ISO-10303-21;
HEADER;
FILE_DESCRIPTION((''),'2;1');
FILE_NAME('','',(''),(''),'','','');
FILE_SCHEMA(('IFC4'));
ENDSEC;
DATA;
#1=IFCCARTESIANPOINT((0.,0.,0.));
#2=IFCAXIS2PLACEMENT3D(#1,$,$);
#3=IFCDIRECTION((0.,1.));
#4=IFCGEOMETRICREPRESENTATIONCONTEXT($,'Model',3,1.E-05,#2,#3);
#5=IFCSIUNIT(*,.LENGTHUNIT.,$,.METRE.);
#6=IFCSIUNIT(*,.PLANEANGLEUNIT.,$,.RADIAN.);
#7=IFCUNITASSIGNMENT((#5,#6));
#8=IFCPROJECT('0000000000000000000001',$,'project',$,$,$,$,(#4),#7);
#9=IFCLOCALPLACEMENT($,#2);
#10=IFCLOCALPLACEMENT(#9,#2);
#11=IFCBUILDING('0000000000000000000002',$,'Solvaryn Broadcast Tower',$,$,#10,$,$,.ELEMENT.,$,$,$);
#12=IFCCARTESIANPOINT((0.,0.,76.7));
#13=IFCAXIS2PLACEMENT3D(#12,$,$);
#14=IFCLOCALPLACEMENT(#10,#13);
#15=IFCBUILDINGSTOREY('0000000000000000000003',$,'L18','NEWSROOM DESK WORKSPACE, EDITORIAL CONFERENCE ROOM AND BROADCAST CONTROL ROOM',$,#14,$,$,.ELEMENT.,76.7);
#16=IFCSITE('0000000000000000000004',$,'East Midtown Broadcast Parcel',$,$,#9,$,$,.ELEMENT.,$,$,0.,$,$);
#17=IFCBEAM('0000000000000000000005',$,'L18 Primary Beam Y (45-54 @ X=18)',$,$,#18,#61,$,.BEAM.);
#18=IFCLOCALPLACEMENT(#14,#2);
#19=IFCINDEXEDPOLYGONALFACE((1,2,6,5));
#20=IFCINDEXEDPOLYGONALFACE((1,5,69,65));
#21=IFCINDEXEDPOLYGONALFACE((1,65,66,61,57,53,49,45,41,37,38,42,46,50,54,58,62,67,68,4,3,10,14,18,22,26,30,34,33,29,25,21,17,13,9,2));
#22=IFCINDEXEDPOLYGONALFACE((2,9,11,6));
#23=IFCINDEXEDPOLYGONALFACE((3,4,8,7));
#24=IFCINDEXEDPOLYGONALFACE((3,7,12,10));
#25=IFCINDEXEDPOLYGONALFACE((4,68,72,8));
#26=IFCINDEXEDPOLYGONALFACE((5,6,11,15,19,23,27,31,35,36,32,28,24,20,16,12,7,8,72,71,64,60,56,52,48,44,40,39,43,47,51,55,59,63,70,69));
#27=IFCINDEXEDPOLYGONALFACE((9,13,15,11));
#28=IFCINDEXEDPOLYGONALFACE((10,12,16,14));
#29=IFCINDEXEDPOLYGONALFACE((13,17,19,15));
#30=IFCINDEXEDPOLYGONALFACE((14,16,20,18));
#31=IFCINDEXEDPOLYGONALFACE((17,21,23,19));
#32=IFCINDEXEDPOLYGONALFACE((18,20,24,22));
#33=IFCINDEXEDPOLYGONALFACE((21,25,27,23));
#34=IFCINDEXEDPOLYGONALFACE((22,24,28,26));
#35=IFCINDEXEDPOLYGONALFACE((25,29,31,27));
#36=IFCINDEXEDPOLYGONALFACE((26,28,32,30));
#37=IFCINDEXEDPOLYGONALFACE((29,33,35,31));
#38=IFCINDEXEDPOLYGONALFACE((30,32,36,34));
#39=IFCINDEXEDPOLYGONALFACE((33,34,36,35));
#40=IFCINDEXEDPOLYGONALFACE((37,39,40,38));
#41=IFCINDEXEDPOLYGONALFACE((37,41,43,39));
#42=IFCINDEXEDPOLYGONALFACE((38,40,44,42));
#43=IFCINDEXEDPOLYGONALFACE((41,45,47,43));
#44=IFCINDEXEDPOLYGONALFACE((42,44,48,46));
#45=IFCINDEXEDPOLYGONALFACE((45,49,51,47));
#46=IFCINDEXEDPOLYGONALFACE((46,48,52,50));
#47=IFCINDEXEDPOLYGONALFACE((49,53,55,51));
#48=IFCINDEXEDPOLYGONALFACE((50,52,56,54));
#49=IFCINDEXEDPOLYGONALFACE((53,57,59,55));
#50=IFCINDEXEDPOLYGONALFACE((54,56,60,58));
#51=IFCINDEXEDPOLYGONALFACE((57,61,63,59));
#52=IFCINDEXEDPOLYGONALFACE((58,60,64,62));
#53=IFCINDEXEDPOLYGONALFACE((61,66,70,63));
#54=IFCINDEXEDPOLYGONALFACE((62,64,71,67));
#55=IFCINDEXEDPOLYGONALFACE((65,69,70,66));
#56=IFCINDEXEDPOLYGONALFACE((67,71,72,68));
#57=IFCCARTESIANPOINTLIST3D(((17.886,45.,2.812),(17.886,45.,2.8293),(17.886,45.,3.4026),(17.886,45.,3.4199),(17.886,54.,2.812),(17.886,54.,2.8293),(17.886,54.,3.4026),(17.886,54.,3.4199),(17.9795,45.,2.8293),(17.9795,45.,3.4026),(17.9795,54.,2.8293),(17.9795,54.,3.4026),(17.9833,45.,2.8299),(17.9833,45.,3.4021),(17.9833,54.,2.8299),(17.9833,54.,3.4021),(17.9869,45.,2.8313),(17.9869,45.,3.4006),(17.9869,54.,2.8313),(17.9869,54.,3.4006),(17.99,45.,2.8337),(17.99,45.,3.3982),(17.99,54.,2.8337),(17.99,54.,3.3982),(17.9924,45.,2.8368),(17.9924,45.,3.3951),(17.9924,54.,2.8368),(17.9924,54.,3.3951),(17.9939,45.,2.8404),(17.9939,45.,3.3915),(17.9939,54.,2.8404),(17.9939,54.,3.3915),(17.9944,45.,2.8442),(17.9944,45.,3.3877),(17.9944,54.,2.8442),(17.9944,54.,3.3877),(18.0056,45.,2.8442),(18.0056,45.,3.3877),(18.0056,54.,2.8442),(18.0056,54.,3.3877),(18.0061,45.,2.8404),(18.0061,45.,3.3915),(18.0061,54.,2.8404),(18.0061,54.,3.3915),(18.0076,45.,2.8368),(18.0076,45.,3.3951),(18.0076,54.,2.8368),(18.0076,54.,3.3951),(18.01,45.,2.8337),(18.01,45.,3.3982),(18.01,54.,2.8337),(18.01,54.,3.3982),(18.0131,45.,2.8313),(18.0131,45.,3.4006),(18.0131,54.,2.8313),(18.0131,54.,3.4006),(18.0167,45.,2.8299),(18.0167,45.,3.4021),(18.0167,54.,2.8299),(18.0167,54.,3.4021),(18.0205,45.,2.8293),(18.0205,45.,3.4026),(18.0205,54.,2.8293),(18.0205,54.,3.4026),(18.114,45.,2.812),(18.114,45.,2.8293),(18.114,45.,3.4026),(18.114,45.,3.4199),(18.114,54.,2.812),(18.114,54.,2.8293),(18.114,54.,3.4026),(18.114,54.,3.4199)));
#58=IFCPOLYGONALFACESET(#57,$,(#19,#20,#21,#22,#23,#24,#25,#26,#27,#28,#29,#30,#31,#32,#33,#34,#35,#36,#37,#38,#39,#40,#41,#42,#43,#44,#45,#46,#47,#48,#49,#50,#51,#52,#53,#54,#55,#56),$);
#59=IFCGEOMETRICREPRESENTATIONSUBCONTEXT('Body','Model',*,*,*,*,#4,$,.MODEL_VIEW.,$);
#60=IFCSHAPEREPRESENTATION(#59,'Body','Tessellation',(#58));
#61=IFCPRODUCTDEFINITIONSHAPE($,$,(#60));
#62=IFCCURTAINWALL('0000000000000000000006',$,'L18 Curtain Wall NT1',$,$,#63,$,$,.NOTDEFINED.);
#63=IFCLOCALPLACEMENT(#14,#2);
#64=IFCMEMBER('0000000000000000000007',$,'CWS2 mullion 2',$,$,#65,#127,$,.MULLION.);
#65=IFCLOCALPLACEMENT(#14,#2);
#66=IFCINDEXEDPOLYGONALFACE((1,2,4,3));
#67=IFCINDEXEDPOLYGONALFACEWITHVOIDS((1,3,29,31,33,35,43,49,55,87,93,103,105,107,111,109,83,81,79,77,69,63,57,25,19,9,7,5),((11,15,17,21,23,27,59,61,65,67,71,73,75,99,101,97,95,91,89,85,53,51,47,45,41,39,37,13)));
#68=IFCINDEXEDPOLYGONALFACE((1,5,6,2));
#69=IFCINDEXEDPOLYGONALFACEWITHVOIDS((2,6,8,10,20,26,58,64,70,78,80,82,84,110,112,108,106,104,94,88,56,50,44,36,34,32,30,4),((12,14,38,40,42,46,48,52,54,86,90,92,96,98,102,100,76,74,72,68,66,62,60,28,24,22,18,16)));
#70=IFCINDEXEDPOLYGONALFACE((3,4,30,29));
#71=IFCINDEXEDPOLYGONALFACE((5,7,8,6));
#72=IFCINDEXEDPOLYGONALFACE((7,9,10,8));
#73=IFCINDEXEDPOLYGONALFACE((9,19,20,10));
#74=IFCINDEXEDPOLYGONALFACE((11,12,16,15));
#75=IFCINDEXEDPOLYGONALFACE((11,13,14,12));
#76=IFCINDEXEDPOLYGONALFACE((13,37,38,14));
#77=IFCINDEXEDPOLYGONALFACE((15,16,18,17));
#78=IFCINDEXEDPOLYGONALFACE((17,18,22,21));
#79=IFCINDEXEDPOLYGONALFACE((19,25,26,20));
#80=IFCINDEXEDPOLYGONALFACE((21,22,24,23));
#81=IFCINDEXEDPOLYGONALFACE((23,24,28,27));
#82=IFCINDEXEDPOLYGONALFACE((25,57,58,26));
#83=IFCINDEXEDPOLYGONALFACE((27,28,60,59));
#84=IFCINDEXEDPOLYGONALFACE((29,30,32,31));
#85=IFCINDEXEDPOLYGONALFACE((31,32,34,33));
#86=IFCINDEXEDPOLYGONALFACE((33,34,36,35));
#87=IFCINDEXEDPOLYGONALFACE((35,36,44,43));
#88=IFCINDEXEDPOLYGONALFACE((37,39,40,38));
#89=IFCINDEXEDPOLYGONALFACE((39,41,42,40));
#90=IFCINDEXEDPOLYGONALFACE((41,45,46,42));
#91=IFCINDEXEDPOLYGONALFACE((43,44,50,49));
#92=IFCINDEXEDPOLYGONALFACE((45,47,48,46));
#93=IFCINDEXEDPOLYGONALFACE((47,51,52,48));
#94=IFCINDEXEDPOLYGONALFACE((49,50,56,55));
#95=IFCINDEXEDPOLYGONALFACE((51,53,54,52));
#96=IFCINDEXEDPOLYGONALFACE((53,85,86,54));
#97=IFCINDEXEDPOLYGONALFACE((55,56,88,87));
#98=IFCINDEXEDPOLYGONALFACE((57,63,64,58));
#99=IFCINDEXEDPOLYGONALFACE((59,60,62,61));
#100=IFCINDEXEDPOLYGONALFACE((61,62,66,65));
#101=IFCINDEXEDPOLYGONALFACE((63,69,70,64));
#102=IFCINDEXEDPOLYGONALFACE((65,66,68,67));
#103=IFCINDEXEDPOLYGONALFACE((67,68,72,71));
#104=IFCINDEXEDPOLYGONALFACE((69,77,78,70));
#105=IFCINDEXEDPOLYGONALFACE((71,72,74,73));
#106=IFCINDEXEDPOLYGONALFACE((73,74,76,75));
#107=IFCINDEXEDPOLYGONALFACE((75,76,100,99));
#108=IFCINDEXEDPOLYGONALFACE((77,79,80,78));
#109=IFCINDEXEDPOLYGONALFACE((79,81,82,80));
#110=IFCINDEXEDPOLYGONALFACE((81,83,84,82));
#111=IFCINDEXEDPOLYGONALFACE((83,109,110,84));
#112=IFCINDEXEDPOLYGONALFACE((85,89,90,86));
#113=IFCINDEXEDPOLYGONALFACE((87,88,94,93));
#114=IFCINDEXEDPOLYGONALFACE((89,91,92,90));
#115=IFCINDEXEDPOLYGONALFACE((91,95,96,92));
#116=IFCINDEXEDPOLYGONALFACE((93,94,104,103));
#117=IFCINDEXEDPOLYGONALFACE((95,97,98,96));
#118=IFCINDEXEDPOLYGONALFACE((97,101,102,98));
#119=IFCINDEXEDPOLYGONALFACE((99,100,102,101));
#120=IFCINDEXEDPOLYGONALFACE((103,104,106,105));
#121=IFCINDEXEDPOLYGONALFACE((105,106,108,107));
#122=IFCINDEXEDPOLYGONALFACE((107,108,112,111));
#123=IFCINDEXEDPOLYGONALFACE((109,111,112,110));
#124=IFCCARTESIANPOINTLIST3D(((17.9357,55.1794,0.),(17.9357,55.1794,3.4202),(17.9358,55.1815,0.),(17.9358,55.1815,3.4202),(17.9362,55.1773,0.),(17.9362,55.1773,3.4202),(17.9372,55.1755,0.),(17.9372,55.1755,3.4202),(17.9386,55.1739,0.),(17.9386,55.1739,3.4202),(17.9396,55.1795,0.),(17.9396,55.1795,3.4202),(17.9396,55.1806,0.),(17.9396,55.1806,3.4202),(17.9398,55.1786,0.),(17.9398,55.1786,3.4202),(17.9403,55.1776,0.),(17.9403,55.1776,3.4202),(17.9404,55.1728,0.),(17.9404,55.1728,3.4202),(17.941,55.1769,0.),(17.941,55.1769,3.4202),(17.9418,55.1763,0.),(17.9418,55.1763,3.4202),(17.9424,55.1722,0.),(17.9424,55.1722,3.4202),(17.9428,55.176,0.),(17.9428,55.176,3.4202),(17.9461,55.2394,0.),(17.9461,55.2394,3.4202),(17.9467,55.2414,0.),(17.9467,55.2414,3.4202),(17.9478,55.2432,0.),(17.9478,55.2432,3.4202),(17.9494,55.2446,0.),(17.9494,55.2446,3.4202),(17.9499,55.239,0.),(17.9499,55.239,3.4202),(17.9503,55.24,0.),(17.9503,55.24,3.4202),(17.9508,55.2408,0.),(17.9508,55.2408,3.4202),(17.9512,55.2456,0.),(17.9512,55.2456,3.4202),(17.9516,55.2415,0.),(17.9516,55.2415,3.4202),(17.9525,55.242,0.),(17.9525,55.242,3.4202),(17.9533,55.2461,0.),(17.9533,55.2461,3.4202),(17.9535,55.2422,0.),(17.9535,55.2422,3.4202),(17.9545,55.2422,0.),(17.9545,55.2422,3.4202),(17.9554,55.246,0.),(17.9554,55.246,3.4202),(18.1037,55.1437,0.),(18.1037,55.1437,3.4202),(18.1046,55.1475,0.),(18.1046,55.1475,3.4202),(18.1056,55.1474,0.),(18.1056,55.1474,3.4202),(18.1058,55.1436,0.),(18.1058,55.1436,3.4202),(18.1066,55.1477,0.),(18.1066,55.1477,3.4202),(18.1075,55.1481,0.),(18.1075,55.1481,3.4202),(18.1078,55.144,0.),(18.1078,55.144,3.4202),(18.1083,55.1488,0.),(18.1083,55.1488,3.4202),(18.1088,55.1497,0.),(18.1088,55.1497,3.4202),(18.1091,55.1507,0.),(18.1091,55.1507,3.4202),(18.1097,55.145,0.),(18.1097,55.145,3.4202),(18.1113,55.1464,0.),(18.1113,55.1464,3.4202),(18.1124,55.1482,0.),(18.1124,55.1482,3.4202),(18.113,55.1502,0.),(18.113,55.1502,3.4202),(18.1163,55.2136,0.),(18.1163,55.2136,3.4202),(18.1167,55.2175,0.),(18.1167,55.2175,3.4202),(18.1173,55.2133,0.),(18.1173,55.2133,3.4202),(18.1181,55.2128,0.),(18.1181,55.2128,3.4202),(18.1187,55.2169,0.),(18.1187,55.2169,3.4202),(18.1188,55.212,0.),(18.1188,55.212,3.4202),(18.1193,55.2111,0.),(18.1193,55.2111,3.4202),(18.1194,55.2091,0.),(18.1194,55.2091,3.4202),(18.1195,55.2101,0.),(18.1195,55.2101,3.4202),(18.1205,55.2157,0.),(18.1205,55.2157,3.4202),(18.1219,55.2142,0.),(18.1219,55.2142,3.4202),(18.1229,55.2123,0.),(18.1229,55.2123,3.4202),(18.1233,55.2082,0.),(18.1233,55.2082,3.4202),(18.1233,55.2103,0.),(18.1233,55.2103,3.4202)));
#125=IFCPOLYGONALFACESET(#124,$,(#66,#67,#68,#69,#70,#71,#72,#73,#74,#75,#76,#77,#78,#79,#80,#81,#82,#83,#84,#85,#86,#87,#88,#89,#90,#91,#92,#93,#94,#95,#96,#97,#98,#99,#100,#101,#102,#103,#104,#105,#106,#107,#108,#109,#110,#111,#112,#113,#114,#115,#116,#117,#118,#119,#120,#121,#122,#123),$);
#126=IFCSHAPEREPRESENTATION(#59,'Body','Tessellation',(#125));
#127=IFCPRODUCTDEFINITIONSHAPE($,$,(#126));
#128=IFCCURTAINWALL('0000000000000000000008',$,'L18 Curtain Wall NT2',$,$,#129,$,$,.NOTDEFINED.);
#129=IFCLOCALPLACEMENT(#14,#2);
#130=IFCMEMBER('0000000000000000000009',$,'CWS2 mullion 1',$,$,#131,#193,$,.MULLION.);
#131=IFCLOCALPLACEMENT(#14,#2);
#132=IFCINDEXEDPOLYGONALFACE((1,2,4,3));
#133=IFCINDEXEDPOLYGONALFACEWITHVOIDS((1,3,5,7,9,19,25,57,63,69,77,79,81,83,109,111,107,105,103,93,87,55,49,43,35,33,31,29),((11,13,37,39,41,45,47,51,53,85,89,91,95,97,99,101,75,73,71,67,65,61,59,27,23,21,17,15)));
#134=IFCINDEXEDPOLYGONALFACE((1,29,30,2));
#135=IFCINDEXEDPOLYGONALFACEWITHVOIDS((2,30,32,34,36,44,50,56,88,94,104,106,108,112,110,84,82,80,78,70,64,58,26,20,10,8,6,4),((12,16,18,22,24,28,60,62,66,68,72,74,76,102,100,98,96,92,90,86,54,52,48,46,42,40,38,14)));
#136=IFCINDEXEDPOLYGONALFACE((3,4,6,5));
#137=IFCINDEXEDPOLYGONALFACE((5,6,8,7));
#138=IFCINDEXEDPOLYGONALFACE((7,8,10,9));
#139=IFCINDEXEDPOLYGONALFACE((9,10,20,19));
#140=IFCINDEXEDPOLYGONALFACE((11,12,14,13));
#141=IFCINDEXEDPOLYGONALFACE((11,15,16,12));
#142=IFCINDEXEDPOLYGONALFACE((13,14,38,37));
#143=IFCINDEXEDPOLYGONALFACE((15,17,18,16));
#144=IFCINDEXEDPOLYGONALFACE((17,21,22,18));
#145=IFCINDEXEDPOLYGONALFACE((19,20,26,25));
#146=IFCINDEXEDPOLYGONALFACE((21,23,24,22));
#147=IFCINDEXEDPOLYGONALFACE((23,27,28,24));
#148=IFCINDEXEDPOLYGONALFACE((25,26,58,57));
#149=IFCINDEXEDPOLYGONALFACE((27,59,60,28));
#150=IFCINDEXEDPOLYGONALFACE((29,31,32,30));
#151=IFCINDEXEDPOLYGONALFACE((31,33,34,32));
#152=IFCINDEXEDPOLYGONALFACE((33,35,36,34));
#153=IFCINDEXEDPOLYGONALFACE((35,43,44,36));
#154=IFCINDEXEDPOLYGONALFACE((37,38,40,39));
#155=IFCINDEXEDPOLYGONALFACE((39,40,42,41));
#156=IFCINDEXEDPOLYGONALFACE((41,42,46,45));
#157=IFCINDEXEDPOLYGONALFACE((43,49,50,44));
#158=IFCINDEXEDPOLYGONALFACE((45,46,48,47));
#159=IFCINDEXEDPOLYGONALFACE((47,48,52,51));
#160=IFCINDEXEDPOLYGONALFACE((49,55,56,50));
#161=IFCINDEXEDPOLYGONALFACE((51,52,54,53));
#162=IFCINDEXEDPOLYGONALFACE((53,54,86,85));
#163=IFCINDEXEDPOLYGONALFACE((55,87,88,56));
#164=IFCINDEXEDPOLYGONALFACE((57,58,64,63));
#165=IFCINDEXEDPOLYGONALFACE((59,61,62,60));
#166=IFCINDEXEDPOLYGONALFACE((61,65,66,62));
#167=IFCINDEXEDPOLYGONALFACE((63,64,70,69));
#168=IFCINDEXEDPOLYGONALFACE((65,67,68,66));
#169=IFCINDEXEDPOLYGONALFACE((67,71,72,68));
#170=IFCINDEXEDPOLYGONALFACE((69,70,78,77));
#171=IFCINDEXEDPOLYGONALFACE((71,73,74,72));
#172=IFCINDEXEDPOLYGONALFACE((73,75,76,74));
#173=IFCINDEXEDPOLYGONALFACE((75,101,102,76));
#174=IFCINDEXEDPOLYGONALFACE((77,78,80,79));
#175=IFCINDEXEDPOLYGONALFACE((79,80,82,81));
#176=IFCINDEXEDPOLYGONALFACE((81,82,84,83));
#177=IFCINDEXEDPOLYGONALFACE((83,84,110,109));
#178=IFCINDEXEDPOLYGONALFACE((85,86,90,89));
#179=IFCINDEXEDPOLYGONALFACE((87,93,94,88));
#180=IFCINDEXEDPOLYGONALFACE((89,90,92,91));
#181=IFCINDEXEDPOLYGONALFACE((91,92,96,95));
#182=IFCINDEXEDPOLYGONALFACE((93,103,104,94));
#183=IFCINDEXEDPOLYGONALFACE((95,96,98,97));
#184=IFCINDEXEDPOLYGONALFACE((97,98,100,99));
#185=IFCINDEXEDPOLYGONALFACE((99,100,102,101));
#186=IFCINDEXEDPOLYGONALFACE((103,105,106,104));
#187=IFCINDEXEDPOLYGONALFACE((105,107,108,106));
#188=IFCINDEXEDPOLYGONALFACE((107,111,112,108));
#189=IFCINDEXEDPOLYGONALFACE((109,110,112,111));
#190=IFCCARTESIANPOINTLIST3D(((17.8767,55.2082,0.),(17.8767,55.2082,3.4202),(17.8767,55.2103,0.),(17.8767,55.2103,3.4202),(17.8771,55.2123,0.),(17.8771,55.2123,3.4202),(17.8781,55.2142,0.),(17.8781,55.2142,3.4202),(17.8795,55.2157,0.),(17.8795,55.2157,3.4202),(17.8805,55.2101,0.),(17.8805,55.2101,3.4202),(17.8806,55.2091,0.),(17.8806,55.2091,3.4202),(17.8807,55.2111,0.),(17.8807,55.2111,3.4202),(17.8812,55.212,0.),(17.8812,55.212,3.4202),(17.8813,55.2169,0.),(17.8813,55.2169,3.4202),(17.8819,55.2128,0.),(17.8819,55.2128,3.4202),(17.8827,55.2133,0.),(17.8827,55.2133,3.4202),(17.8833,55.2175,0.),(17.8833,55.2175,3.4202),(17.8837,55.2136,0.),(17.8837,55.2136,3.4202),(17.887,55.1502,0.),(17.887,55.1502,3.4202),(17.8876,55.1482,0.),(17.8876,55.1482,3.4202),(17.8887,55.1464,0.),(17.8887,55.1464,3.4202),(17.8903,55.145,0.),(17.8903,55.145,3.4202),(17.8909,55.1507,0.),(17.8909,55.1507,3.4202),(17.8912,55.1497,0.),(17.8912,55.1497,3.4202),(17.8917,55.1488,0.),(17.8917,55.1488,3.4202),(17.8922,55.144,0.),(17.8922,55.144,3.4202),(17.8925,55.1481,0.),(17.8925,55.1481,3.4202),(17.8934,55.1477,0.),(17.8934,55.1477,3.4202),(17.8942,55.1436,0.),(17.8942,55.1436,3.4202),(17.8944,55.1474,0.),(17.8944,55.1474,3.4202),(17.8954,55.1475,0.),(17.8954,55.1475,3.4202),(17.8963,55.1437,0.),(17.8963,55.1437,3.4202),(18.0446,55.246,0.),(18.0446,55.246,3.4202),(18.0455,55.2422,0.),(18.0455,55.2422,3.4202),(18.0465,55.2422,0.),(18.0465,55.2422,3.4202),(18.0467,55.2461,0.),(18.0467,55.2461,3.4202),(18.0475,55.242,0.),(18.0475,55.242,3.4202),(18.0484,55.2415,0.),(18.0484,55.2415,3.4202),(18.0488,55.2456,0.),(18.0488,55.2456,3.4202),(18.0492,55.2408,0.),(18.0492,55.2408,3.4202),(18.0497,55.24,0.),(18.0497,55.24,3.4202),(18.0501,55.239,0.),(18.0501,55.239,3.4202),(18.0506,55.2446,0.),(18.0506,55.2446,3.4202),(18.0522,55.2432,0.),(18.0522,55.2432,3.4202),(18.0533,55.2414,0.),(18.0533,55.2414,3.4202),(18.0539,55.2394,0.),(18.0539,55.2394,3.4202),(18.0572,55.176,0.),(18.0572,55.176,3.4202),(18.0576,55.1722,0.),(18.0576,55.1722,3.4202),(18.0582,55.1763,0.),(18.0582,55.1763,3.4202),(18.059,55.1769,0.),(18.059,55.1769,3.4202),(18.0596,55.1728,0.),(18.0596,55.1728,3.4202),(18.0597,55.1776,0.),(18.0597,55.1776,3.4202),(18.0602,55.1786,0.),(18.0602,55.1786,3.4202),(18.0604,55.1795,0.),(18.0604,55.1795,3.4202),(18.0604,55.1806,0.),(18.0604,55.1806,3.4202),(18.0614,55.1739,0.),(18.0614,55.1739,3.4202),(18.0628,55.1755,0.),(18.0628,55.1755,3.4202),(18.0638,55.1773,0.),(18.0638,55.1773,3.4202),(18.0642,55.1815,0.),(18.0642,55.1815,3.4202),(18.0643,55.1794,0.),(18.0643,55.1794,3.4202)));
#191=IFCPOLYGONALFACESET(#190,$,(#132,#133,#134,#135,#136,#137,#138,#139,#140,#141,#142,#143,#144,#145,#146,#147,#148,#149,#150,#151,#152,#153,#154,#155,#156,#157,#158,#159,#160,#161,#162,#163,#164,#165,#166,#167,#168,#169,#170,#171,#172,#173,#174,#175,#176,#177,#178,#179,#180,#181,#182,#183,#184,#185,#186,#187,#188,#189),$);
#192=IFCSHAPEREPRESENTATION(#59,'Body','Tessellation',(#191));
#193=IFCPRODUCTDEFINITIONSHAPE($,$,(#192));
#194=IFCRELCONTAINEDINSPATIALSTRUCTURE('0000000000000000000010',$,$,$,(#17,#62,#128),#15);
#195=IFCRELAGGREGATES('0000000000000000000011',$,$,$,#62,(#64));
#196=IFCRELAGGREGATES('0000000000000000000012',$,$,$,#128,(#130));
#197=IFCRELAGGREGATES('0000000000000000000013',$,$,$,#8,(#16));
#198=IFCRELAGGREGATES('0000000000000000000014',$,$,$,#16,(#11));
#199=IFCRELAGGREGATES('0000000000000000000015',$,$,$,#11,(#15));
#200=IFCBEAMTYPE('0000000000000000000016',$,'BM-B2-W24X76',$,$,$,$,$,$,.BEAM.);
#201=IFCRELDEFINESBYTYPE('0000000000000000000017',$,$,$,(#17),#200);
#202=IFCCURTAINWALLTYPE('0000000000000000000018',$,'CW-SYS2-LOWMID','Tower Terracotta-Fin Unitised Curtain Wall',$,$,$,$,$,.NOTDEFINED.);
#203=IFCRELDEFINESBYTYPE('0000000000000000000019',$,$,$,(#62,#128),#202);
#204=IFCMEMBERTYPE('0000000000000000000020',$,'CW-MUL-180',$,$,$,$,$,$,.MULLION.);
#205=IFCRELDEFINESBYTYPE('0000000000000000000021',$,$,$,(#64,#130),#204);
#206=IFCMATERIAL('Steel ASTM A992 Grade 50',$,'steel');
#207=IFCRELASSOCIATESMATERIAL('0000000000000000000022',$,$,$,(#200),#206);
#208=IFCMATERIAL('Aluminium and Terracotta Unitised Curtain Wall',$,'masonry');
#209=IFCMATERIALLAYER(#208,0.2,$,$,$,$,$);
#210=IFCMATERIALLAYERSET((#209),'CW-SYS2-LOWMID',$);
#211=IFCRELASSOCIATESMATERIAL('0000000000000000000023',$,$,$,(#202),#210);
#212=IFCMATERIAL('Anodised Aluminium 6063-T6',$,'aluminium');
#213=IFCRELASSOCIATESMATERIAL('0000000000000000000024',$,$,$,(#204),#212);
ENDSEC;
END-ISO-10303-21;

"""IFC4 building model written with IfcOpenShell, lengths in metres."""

from ifc_helpers import new_model, si_unit, direction, frame, origin, origin_2d, place, context, subcontext, project, spatial, hollow_rectangle, i_section, extrude, material, layer, layer_set, material_profile, profile_set, type_object, element, aggregate, save


model = new_model("IFC4")

# Units and contexts
model_context = context("Model", 3, precision=1e-05, world=origin(), true_north=direction((0.0, 1.0)))
body_context = subcontext(model_context, "Body", "Model", "MODEL_VIEW")
ifc_project = project(units=[si_unit("LENGTHUNIT", "METRE"), si_unit("PLANEANGLEUNIT", "RADIAN")], contexts=[model_context])

# Site, building, storey
site_placement = place(None, origin())
site = spatial("IfcSite", under=ifc_project, at=site_placement, Name="East Midtown Broadcast Parcel", CompositionType="ELEMENT", RefElevation=0.0)
building_placement = place(site_placement, origin())
building = spatial("IfcBuilding", under=site, at=building_placement, Name="Solvaryn Broadcast Tower", CompositionType="ELEMENT")
storey_placement = place(building_placement, frame((0.0, 0.0, 76.7)))
storey = spatial("IfcBuildingStorey", under=building, at=storey_placement, Name="L18", Description="NEWSROOM DESK WORKSPACE, EDITORIAL CONFERENCE ROOM AND BROADCAST CONTROL ROOM", CompositionType="ELEMENT", Elevation=76.7)

# Beam
ifc_material_1 = material(Name="Steel ASTM A992 Grade 50", Category="steel")
ifc_material_profile_1 = material_profile(ifc_material_1, i_section(OverallWidth=0.228, OverallDepth=0.6079, WebThickness=0.0112, FlangeThickness=0.0173, FilletRadius=0.0149, at=origin_2d()))
ifc_profile_set_1 = profile_set([ifc_material_profile_1], Name="Steel ASTM A992 Grade 50")
beam_type_1 = type_object("IfcBeamType", Name="BM-B2-W24X76", PredefinedType="BEAM", material=ifc_profile_set_1)
beam_1_placement = place(storey_placement, frame((18.0, 45.0, 3.116), z_axis=(0.0, 1.0, 0.0), x_axis=(-1.0, 0.0, 0.0)))
element("IfcBeam", 1, at=beam_1_placement, inside=storey, type_object=beam_type_1, Name="L18 Primary Beam Y (45-54 @ X=18)", PredefinedType="BEAM", context=body_context, shape_type="SweptSolid", body=[
    extrude(i_section(OverallWidth=0.228, OverallDepth=0.6079, WebThickness=0.0112, FlangeThickness=0.0173, FilletRadius=0.0149, at=origin_2d()), origin(), (0.0, 0.0, 1.0), 9.0),
])

# Curtain walls, members
ifc_material_2 = material(Name="Aluminium and Terracotta Unitised Curtain Wall", Category="masonry")
ifc_layer_1 = layer(ifc_material_2, 0.2)
ifc_layer_set_1 = layer_set([ifc_layer_1], Name="CW-SYS2-LOWMID")
curtain_wall_type = type_object("IfcCurtainWallType", Name="CW-SYS2-LOWMID", Description="Tower Terracotta-Fin Unitised Curtain Wall", PredefinedType="NOTDEFINED", material=ifc_layer_set_1)
curtain_wall_1_placement = place(storey_placement, origin())
curtain_wall_1 = element("IfcCurtainWall", 2, at=curtain_wall_1_placement, inside=storey, type_object=curtain_wall_type, Name="L18 Curtain Wall NT1", PredefinedType="NOTDEFINED")
ifc_material_3 = material(Name="Anodised Aluminium 6063-T6", Category="aluminium")
ifc_material_profile_2 = material_profile(ifc_material_3, hollow_rectangle(XDim=0.075, YDim=0.1799, WallThickness=0.0039, InnerFilletRadius=0.0039, OuterFilletRadius=0.0081, at=origin_2d()))
ifc_profile_set_2 = profile_set([ifc_material_profile_2], Name="Anodised Aluminium 6063-T6")
member_type_1 = type_object("IfcMemberType", Name="CW-MUL-180", PredefinedType="MULLION", material=ifc_profile_set_2)
member_1_placement = place(storey_placement, frame((18.0295, 55.1948, 0.0), z_axis=(0.0, 0.0, 1.0), x_axis=(-0.173785, -0.984784, 0.0)))
member_1 = element("IfcMember", 3, at=member_1_placement, type_object=member_type_1, Name="CWS2 mullion 2", PredefinedType="MULLION", context=body_context, shape_type="SweptSolid", body=[
    extrude(hollow_rectangle(XDim=0.075, YDim=0.1799, WallThickness=0.0039, InnerFilletRadius=0.0039, OuterFilletRadius=0.0081, at=origin_2d()), origin(), (0.0, 0.0, 1.0), 3.4202),
])
curtain_wall_2_placement = place(storey_placement, origin())
curtain_wall_2 = element("IfcCurtainWall", 4, at=curtain_wall_2_placement, inside=storey, type_object=curtain_wall_type, Name="L18 Curtain Wall NT2", PredefinedType="NOTDEFINED")
member_2_placement = place(storey_placement, frame((17.9705, 55.1948, 0.0), z_axis=(0.0, 0.0, 1.0), x_axis=(0.173785, -0.984784, 0.0)))
member_2 = element("IfcMember", 5, at=member_2_placement, type_object=member_type_1, Name="CWS2 mullion 1", PredefinedType="MULLION", context=body_context, shape_type="SweptSolid", body=[
    extrude(hollow_rectangle(XDim=0.075, YDim=0.1799, WallThickness=0.0039, InnerFilletRadius=0.0039, OuterFilletRadius=0.0081, at=origin_2d()), origin(), (0.0, 0.0, 1.0), 3.4202),
])

aggregate(curtain_wall_1, [member_1])
aggregate(curtain_wall_2, [member_2])

save(model, "model.ifc")
